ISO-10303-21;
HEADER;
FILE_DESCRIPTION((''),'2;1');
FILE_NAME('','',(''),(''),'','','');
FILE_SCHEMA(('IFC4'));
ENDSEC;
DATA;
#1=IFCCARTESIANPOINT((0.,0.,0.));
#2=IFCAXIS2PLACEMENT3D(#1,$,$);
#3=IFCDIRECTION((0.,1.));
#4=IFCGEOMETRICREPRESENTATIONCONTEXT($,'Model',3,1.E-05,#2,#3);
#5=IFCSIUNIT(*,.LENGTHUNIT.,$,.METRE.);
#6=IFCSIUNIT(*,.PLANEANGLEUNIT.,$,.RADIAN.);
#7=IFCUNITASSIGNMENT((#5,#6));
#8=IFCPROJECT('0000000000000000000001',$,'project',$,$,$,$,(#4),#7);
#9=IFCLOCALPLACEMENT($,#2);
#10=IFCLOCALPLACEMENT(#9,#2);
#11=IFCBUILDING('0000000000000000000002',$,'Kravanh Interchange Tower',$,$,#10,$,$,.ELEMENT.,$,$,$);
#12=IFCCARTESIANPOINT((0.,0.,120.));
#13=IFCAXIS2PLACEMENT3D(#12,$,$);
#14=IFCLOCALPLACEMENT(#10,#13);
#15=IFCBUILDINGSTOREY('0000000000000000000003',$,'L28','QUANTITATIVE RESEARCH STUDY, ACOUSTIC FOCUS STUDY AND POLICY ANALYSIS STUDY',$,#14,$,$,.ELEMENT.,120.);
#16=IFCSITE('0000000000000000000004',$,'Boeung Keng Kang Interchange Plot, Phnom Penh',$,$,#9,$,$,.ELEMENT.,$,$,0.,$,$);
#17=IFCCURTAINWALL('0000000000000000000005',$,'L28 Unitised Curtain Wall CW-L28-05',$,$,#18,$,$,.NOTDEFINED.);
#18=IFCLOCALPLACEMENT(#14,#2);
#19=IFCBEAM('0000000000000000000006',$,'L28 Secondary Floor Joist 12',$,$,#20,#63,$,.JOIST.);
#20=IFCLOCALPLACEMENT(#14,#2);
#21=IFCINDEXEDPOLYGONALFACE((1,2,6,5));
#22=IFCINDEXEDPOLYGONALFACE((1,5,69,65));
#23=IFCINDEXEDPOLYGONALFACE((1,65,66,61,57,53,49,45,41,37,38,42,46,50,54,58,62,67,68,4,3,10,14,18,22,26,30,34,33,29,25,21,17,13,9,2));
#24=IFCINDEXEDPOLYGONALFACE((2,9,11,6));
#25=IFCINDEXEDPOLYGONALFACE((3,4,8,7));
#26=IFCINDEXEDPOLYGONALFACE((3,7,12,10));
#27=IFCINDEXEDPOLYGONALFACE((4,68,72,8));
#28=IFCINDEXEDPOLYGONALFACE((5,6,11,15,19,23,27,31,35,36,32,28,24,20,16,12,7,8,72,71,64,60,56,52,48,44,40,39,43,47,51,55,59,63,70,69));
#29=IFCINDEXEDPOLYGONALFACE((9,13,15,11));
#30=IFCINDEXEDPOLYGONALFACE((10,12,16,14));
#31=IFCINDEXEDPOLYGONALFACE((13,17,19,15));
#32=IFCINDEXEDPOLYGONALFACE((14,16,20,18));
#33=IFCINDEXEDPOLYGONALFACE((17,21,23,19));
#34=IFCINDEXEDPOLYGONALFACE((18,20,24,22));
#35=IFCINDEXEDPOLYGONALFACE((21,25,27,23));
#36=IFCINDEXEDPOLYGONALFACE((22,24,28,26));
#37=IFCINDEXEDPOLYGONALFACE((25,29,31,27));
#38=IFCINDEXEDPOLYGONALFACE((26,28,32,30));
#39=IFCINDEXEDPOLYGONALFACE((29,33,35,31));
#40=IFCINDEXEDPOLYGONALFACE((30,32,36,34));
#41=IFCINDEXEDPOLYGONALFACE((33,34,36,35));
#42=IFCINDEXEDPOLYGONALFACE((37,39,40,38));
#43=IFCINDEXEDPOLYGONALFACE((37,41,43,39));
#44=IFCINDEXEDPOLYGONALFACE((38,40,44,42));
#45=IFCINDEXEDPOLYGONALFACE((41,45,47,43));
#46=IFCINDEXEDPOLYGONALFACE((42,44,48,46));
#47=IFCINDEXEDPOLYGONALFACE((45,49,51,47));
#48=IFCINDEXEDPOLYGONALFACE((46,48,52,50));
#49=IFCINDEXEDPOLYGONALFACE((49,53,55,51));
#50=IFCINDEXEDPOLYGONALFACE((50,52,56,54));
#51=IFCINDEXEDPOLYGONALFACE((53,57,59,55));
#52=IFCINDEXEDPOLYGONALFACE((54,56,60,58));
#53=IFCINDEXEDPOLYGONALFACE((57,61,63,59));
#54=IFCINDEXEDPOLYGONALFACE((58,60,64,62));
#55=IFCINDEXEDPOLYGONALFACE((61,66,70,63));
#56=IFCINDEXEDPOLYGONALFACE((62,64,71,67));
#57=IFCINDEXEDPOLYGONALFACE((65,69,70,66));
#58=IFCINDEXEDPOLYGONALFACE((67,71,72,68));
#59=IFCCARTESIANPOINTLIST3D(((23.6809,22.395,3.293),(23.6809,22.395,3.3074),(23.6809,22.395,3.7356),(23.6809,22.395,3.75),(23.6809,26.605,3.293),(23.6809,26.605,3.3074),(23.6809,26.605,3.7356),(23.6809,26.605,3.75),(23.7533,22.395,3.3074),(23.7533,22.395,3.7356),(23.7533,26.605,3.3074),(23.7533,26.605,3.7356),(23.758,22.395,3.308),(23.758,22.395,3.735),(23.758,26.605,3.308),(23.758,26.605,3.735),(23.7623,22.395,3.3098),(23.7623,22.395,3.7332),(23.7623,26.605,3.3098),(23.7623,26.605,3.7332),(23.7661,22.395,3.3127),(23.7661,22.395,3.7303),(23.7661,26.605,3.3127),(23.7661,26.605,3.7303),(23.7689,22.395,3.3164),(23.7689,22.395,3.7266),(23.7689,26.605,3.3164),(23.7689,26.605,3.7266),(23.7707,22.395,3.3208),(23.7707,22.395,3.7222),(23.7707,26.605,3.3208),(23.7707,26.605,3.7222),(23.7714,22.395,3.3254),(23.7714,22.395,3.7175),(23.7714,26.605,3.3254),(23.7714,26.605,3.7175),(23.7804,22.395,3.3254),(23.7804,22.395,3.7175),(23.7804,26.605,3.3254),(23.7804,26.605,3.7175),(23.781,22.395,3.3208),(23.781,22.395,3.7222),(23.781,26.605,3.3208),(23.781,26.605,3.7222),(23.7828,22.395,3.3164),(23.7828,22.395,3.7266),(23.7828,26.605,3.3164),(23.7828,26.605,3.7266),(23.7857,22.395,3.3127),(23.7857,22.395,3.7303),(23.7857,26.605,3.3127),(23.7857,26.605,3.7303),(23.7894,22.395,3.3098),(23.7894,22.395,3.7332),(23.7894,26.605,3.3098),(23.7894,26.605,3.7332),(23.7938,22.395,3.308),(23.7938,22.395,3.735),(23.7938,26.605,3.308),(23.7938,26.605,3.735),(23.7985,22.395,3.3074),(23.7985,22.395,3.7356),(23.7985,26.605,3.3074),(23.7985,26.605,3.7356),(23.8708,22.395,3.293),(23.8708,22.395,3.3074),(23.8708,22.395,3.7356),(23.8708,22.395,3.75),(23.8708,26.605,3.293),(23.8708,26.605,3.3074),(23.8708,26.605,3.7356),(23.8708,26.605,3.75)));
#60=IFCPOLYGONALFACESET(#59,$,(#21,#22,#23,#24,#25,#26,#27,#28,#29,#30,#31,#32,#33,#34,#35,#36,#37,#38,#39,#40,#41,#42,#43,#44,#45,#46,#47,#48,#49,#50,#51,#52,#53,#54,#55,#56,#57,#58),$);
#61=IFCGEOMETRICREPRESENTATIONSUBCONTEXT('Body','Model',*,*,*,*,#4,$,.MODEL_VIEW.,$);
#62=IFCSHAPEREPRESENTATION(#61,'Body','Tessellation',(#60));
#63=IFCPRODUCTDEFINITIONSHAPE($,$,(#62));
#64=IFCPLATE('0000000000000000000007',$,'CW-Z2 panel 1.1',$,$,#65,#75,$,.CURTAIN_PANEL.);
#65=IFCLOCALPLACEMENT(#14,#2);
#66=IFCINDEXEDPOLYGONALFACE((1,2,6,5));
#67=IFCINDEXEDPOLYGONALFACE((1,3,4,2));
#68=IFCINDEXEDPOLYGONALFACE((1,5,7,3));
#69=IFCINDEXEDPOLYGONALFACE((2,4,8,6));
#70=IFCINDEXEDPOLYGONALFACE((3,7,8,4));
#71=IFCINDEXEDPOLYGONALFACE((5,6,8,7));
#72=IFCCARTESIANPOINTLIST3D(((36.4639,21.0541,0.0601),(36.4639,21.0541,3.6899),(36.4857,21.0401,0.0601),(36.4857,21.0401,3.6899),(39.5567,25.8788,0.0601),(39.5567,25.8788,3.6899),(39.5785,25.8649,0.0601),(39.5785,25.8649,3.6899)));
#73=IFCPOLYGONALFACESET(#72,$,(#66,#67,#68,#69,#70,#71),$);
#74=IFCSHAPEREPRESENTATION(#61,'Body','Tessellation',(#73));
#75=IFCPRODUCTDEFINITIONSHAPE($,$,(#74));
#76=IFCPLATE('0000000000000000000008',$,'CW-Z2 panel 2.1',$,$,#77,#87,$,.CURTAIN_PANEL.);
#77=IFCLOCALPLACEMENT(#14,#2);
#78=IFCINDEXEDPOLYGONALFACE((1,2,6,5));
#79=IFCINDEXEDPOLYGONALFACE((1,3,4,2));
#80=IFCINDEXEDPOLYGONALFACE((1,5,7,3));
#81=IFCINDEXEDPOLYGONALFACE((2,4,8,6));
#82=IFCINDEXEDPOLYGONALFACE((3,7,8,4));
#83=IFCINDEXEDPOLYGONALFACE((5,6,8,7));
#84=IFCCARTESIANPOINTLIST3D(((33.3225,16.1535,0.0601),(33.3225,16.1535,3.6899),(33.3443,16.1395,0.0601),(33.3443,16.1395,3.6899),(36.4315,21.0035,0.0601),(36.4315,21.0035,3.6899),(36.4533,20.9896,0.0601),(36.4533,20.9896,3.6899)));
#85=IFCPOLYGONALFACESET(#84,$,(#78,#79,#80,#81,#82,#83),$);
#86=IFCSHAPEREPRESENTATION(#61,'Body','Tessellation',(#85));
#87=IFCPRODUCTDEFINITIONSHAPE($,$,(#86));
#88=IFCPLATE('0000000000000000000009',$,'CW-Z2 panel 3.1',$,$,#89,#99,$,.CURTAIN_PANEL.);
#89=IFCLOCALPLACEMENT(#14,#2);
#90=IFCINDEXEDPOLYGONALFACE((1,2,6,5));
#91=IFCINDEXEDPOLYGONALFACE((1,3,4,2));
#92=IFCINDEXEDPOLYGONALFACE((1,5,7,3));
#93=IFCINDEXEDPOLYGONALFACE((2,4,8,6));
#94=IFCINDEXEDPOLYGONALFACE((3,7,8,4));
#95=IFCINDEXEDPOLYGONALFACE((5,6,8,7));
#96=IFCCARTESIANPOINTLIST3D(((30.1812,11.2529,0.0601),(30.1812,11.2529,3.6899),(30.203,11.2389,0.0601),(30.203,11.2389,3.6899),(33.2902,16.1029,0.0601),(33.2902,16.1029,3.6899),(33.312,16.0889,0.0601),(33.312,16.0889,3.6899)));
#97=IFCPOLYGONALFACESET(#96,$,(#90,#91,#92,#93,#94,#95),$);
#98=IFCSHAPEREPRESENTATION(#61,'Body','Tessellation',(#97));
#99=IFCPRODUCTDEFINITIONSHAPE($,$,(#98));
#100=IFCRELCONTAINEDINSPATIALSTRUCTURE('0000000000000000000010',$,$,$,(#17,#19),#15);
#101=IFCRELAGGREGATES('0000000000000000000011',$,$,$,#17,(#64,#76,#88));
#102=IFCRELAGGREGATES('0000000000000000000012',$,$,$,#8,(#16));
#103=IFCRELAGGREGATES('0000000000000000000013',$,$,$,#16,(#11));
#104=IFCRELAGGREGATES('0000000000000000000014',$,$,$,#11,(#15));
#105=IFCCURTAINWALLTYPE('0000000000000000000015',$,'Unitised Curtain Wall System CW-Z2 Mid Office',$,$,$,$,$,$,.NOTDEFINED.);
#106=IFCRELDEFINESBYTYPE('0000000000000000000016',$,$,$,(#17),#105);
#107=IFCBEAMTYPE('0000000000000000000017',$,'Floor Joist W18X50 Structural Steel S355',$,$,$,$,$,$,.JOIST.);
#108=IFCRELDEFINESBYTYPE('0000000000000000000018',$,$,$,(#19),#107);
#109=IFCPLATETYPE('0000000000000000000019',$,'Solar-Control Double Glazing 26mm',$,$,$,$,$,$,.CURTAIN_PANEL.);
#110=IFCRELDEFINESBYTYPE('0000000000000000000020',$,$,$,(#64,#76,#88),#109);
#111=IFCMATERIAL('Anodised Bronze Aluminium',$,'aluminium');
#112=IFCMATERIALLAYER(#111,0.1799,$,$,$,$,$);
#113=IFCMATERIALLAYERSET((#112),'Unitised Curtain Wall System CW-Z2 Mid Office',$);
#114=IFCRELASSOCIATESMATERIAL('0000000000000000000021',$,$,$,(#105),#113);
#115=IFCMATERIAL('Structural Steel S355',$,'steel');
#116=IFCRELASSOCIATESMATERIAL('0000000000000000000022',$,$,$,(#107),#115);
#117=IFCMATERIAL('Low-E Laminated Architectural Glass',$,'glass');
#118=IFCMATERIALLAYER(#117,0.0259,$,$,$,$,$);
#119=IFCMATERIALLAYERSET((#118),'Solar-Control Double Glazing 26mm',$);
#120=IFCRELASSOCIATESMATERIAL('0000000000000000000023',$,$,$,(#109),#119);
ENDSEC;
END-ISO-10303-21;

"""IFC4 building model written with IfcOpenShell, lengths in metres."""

from ifc_helpers import new_model, si_unit, direction, frame, origin, origin_2d, place, context, subcontext, project, spatial, rectangle, i_section, extrude, material, layer, layer_set, material_profile, profile_set, type_object, element, aggregate, save


model = new_model("IFC4")

# Units and contexts
model_context = context("Model", 3, precision=1e-05, world=origin(), true_north=direction((0.0, 1.0)))
body_context = subcontext(model_context, "Body", "Model", "MODEL_VIEW")
ifc_project = project(units=[si_unit("LENGTHUNIT", "METRE"), si_unit("PLANEANGLEUNIT", "RADIAN")], contexts=[model_context])

# Site, building, storey
site_placement = place(None, origin())
site = spatial("IfcSite", under=ifc_project, at=site_placement, Name="Boeung Keng Kang Interchange Plot, Phnom Penh", CompositionType="ELEMENT", RefElevation=0.0)
building_placement = place(site_placement, origin())
building = spatial("IfcBuilding", under=site, at=building_placement, Name="Kravanh Interchange Tower", CompositionType="ELEMENT")
storey_placement = place(building_placement, frame((0.0, 0.0, 120.0)))
storey = spatial("IfcBuildingStorey", under=building, at=storey_placement, Name="L28", Description="QUANTITATIVE RESEARCH STUDY, ACOUSTIC FOCUS STUDY AND POLICY ANALYSIS STUDY", CompositionType="ELEMENT", Elevation=120.0)

# Curtain wall
ifc_material_1 = material(Name="Anodised Bronze Aluminium", Category="aluminium")
ifc_layer_1 = layer(ifc_material_1, 0.1799)
ifc_layer_set_1 = layer_set([ifc_layer_1], Name="Unitised Curtain Wall System CW-Z2 Mid Office")
curtain_wall_type = type_object("IfcCurtainWallType", Name="Unitised Curtain Wall System CW-Z2 Mid Office", PredefinedType="NOTDEFINED", material=ifc_layer_set_1)
curtain_wall_placement = place(storey_placement, origin())
curtain_wall = element("IfcCurtainWall", 1, at=curtain_wall_placement, inside=storey, type_object=curtain_wall_type, Name="L28 Unitised Curtain Wall CW-L28-05", PredefinedType="NOTDEFINED")

# Beam
ifc_material_2 = material(Name="Structural Steel S355", Category="steel")
ifc_material_profile_1 = material_profile(ifc_material_2, i_section(OverallWidth=0.1899, OverallDepth=0.457, WebThickness=0.009, FlangeThickness=0.0144, FilletRadius=0.0181, at=origin_2d()), Name="W18X50")
ifc_profile_set_1 = profile_set([ifc_material_profile_1], Name="Structural Steel S355")
beam_type_1 = type_object("IfcBeamType", Name="Floor Joist W18X50 Structural Steel S355", PredefinedType="JOIST", material=ifc_profile_set_1)
for number, where, z_axis, x_axis, name in (
    (2, (23.7759, 22.395, 3.5215), (0.0, 1.0, 0.0), (-1.0, 0.0, 0.0), "L28 Secondary Floor Joist 12"),
):
    element("IfcBeam", number, at=place(storey_placement, frame(where, z_axis=z_axis, x_axis=x_axis)), inside=storey, type_object=beam_type_1, Name=name, PredefinedType="JOIST", context=body_context, shape_type="SweptSolid", body=[
        extrude(i_section(OverallWidth=0.1899, OverallDepth=0.457, WebThickness=0.009, FlangeThickness=0.0144, FilletRadius=0.0181, at=origin_2d()), origin(), (0.0, 0.0, 1.0), 4.21),
    ])

# Plates
ifc_material_3 = material(Name="Low-E Laminated Architectural Glass", Category="glass")
ifc_layer_2 = layer(ifc_material_3, 0.0259)
ifc_layer_set_2 = layer_set([ifc_layer_2], Name="Solar-Control Double Glazing 26mm")
plate_type = type_object("IfcPlateType", Name="Solar-Control Double Glazing 26mm", PredefinedType="CURTAIN_PANEL", material=ifc_layer_set_2)
plate_1_placement = place(storey_placement, frame((38.0212, 23.4595, 0.0601), z_axis=(0.0, 0.0, 1.0), x_axis=(-0.539665, -0.84188, 0.0)))
plate_1 = element("IfcPlate", 3, at=plate_1_placement, type_object=plate_type, Name="CW-Z2 panel 1.1", PredefinedType="CURTAIN_PANEL", context=body_context, shape_type="SweptSolid", body=[
    extrude(rectangle(XDim=5.731, YDim=0.0259, at=origin_2d()), origin(), (0.0, 0.0, 1.0), 3.6299),
])
plate_2_placement = place(storey_placement, frame((34.8879, 18.5715, 0.0601), z_axis=(0.0, 0.0, 1.0), x_axis=(-0.539665, -0.84188, 0.0)))
plate_2 = element("IfcPlate", 4, at=plate_2_placement, type_object=plate_type, Name="CW-Z2 panel 2.1", PredefinedType="CURTAIN_PANEL", context=body_context, shape_type="SweptSolid", body=[
    extrude(rectangle(XDim=5.761, YDim=0.0259, at=origin_2d()), origin(), (0.0, 0.0, 1.0), 3.6299),
])
plate_3_placement = place(storey_placement, frame((31.7466, 13.6709, 0.0601), z_axis=(0.0, 0.0, 1.0), x_axis=(-0.539665, -0.84188, 0.0)))
plate_3 = element("IfcPlate", 5, at=plate_3_placement, type_object=plate_type, Name="CW-Z2 panel 3.1", PredefinedType="CURTAIN_PANEL", context=body_context, shape_type="SweptSolid", body=[
    extrude(rectangle(XDim=5.761, YDim=0.0259, at=origin_2d()), origin(), (0.0, 0.0, 1.0), 3.6299),
])
aggregate(curtain_wall, [plate_1, plate_2, plate_3])

save(model, "model.ifc")
